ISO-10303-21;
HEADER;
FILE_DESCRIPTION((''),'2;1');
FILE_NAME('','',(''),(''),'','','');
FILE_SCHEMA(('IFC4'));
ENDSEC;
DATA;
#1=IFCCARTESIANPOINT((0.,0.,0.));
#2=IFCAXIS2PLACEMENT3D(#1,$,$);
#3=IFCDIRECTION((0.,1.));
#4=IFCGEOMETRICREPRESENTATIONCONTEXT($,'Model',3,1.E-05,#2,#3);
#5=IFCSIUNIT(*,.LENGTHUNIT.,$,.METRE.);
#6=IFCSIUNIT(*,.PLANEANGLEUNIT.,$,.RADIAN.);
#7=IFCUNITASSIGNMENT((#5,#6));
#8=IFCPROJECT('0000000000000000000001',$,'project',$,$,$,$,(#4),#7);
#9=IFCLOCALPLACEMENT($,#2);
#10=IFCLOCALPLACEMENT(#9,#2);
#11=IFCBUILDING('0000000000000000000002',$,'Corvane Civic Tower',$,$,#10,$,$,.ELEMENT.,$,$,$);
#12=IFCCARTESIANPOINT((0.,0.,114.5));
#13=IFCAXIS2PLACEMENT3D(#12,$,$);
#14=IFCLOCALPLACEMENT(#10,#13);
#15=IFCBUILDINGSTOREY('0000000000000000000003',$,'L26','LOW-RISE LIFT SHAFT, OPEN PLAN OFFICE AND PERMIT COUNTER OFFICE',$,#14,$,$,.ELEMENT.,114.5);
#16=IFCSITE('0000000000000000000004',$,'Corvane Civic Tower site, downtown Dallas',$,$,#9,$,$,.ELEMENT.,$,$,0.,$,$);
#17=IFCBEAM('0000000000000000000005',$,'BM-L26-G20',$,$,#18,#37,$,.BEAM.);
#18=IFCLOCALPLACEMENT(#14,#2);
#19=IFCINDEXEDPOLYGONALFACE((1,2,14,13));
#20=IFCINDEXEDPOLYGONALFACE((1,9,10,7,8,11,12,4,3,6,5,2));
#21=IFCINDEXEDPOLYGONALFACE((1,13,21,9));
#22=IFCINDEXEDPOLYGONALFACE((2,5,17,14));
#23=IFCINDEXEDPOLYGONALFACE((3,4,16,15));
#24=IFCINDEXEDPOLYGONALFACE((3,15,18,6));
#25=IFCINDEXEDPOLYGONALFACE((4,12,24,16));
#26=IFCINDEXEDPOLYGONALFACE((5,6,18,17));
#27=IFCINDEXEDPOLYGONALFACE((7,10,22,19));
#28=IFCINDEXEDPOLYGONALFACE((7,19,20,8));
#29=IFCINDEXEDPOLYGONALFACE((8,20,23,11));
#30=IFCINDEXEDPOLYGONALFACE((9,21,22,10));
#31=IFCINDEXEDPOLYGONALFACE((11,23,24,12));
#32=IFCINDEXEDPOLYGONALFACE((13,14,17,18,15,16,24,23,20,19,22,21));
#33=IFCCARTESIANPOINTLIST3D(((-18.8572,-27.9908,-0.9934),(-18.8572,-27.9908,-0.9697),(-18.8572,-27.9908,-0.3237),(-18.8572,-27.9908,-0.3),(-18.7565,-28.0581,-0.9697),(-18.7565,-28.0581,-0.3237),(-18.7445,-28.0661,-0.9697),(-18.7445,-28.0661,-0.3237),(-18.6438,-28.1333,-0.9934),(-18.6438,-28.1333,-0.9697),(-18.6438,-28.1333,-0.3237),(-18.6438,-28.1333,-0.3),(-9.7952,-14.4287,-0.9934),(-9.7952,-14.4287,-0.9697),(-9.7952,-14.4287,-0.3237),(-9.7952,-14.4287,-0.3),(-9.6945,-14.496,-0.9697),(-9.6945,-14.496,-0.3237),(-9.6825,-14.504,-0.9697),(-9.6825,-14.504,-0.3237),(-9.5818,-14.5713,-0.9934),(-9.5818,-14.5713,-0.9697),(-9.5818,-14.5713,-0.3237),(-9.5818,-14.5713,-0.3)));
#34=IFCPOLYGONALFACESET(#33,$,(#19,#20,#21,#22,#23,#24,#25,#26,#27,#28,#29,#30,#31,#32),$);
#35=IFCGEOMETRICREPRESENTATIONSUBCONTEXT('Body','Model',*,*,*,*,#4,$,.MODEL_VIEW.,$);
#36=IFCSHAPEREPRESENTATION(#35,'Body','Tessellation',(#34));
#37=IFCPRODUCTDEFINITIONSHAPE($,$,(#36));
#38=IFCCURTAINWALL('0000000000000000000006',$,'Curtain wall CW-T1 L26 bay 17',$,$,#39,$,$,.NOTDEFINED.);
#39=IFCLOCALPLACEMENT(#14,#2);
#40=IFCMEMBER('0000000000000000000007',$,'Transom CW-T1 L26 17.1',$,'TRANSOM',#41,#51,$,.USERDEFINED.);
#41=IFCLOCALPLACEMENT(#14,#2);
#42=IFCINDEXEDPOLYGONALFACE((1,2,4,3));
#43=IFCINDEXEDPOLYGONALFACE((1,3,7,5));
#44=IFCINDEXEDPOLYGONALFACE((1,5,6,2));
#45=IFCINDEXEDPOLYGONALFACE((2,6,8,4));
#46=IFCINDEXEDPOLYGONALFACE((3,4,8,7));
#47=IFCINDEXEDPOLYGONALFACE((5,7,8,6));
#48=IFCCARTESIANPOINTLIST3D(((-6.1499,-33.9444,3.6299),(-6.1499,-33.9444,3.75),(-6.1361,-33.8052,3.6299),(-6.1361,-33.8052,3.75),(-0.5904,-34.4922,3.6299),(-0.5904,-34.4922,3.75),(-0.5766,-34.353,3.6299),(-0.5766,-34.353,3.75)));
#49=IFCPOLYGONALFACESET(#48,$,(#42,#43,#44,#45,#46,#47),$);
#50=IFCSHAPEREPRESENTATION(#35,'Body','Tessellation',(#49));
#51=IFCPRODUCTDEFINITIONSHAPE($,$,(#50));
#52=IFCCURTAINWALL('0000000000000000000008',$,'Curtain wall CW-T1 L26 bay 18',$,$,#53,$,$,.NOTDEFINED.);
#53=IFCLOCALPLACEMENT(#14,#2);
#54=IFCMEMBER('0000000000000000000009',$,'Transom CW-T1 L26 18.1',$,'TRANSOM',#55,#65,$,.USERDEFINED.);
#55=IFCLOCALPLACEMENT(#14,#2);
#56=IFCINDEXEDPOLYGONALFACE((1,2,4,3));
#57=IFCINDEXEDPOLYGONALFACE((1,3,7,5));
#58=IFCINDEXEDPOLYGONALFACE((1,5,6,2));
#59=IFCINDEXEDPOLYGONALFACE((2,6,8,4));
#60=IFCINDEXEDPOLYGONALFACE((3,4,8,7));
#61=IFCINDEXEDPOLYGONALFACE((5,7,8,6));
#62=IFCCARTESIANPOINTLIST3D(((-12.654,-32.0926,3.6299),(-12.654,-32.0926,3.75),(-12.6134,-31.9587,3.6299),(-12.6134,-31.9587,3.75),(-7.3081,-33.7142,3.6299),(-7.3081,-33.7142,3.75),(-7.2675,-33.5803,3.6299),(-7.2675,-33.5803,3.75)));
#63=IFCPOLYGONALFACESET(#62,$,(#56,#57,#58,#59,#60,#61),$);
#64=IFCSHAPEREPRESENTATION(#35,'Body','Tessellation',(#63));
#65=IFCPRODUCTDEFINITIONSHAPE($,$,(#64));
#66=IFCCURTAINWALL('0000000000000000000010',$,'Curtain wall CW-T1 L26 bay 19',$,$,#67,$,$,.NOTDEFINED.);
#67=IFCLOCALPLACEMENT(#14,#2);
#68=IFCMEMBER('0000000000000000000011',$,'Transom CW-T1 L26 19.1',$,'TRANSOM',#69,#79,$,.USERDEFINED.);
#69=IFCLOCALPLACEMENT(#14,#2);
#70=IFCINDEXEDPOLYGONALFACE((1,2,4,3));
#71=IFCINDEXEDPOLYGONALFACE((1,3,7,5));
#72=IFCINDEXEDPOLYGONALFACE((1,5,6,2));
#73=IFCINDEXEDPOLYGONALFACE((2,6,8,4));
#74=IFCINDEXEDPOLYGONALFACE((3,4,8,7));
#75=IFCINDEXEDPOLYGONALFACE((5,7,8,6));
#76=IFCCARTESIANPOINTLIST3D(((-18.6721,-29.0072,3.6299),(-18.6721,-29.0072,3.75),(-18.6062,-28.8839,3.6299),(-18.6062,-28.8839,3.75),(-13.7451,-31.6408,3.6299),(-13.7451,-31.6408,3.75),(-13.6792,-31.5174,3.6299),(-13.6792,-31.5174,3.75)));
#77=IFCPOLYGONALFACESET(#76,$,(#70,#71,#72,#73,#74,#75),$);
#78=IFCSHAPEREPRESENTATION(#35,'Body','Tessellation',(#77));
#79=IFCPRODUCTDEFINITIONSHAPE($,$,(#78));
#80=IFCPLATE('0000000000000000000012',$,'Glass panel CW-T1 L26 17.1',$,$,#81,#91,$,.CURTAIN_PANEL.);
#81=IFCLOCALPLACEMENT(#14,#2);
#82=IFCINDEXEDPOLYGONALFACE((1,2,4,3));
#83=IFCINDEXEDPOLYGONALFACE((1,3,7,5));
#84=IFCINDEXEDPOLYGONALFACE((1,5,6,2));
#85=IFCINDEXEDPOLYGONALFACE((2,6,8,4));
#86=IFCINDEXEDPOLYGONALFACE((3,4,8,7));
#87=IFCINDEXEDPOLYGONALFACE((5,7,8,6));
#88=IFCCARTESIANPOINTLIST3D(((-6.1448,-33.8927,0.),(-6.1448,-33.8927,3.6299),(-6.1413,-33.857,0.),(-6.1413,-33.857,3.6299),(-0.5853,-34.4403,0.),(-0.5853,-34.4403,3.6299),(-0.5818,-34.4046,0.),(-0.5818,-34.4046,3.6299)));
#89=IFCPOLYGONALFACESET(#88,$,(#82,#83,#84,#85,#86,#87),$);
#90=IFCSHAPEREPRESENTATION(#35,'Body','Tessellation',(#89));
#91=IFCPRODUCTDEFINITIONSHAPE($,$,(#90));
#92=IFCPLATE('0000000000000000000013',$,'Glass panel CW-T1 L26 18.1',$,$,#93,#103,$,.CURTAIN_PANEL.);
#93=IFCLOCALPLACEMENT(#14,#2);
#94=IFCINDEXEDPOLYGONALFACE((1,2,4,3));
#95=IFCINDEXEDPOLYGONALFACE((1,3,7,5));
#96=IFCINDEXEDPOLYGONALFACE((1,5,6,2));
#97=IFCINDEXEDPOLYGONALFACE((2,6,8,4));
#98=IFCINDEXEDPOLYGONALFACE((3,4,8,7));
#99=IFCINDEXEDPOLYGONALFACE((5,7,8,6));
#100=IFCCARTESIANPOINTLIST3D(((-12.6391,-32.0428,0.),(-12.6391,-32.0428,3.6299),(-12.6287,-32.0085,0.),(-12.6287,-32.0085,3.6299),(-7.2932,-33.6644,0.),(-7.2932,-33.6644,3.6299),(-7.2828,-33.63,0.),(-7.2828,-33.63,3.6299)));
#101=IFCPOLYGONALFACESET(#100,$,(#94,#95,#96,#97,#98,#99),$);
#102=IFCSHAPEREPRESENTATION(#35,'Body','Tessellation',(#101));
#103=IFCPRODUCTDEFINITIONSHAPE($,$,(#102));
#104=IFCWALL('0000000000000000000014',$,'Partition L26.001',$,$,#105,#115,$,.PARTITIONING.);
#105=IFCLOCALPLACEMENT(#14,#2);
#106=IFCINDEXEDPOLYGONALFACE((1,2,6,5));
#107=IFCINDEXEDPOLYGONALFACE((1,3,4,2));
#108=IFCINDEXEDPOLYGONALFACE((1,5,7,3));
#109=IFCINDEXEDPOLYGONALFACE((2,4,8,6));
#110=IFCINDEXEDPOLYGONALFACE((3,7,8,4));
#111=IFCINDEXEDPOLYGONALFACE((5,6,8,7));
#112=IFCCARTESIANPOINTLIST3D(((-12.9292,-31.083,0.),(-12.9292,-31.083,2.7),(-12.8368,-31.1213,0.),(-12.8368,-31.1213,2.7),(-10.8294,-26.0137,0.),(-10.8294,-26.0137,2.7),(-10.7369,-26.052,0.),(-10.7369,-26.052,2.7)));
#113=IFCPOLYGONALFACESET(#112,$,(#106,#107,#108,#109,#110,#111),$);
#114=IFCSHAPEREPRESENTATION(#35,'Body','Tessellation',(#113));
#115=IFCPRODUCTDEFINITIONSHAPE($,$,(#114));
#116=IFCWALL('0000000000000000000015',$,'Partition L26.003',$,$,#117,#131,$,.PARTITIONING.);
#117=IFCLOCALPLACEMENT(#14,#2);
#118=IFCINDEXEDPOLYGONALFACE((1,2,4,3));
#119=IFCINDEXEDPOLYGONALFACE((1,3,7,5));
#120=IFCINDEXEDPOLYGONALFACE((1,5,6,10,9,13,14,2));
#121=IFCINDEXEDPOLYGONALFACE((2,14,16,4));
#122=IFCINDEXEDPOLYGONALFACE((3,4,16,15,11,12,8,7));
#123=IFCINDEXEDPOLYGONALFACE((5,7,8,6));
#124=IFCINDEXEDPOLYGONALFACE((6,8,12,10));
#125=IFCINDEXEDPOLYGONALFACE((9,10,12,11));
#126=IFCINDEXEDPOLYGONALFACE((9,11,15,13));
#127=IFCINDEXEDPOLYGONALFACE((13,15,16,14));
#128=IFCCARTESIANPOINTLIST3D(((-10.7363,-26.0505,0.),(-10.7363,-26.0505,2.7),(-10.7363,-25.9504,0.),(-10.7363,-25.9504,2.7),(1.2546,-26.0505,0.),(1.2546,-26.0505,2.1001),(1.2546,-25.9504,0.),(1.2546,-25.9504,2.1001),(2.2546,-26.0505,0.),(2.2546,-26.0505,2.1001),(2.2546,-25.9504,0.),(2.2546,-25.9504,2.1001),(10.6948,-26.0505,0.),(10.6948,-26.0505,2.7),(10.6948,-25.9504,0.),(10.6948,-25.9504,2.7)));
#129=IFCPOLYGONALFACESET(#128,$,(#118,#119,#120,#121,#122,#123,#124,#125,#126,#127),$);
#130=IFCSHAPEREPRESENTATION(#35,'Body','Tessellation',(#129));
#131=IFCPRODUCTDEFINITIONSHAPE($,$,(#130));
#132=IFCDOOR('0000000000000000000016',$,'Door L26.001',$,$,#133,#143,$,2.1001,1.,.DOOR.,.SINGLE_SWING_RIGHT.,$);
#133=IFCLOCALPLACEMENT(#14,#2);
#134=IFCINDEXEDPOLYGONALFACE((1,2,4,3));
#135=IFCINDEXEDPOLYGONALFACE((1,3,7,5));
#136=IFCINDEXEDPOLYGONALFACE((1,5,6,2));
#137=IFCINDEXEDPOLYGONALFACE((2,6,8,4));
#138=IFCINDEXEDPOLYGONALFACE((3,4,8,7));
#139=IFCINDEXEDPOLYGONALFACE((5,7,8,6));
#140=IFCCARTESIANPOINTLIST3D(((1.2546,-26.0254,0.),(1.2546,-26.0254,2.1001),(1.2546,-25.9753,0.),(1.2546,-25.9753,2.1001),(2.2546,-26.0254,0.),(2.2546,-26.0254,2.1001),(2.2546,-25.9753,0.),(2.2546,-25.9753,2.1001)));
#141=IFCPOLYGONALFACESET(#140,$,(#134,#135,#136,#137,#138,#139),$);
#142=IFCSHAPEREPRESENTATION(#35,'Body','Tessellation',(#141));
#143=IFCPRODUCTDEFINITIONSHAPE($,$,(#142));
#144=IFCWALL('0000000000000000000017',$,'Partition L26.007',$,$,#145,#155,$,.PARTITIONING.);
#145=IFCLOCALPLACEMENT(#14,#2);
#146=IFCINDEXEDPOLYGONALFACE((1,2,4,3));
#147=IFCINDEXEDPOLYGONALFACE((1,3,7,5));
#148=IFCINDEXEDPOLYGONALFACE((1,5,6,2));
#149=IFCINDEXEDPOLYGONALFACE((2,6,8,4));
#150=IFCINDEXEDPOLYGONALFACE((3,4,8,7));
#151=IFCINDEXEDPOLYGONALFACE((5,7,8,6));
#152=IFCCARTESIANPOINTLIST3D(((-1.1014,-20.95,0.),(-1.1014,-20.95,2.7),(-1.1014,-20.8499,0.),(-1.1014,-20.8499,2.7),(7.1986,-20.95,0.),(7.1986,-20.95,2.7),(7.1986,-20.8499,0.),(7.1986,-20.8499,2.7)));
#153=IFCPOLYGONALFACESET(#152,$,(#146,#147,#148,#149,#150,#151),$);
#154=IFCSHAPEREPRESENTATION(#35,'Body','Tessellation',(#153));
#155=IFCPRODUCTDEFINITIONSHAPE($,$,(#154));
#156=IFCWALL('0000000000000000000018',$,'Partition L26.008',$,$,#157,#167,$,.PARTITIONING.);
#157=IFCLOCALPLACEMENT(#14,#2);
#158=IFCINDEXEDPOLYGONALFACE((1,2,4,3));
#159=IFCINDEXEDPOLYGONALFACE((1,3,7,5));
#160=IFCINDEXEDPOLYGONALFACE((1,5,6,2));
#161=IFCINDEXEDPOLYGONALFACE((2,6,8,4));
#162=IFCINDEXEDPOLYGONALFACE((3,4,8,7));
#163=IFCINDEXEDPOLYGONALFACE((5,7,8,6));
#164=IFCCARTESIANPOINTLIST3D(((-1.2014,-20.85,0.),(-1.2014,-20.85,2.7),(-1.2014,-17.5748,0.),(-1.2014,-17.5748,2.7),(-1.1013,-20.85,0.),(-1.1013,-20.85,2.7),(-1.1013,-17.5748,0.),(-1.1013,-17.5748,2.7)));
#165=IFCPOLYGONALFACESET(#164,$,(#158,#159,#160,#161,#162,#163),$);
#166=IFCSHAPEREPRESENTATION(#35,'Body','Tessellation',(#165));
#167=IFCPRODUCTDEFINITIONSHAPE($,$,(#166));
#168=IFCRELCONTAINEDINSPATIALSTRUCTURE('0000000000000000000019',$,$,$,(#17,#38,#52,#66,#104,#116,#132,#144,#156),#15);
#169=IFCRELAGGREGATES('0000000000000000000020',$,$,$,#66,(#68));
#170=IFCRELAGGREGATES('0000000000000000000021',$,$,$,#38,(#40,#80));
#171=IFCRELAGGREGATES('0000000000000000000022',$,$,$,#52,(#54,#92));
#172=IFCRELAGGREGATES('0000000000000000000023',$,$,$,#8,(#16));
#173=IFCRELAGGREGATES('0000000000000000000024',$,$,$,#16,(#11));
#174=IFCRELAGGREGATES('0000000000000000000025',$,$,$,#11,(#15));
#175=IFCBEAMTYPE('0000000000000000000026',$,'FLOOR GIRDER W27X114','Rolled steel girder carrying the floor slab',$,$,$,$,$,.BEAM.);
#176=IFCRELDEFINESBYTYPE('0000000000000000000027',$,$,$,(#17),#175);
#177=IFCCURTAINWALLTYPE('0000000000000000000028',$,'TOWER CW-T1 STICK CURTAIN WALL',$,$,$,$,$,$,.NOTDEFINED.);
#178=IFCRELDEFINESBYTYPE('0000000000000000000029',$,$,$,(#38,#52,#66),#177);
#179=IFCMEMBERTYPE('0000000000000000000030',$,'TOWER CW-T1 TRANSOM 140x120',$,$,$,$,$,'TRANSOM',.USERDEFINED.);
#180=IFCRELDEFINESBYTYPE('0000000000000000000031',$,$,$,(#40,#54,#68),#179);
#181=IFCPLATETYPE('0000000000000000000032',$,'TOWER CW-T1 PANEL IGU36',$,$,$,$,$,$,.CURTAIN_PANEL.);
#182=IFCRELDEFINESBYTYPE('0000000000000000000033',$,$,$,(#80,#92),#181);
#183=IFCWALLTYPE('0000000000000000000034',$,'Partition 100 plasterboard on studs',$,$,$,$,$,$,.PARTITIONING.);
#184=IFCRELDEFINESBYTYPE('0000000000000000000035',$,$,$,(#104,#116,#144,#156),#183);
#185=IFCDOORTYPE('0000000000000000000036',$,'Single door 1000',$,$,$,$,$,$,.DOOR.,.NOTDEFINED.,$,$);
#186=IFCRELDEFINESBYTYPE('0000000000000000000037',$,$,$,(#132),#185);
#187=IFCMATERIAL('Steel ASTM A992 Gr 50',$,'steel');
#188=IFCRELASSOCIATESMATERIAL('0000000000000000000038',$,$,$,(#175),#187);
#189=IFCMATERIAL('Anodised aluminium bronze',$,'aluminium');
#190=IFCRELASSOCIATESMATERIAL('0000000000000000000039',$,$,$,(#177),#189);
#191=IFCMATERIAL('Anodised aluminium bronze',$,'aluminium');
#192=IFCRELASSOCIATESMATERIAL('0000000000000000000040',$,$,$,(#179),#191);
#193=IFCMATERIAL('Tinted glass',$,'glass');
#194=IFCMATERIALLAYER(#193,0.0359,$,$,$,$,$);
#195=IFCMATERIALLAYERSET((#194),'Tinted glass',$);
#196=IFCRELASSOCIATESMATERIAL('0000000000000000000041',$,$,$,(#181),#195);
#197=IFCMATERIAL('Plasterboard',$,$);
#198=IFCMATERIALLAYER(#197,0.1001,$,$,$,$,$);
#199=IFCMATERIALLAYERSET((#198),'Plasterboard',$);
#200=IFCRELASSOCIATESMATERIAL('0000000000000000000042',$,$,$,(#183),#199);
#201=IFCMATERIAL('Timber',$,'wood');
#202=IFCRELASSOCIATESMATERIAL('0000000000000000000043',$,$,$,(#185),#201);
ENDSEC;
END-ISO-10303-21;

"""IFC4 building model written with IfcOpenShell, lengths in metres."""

from ifc_helpers import new_model, si_unit, direction, frame, frame_2d, origin, origin_2d, place, context, subcontext, project, spatial, rectangle, i_section, extrude, material, layer, layer_set, material_profile, profile_set, type_object, element, fill, aggregate, save


model = new_model("IFC4")

# Units and contexts
model_context = context("Model", 3, precision=1e-05, world=origin(), true_north=direction((0.0, 1.0)))
body_context = subcontext(model_context, "Body", "Model", "MODEL_VIEW")
ifc_project = project(units=[si_unit("LENGTHUNIT", "METRE"), si_unit("PLANEANGLEUNIT", "RADIAN")], contexts=[model_context])

# Site, building, storey
site_placement = place(None, origin())
site = spatial("IfcSite", under=ifc_project, at=site_placement, Name="Corvane Civic Tower site, downtown Dallas", CompositionType="ELEMENT", RefElevation=0.0)
building_placement = place(site_placement, origin())
building = spatial("IfcBuilding", under=site, at=building_placement, Name="Corvane Civic Tower", CompositionType="ELEMENT")
storey_placement = place(building_placement, frame((0.0, 0.0, 114.5)))
storey = spatial("IfcBuildingStorey", under=building, at=storey_placement, Name="L26", Description="LOW-RISE LIFT SHAFT, OPEN PLAN OFFICE AND PERMIT COUNTER OFFICE", CompositionType="ELEMENT", Elevation=114.5)

# Beam
ifc_material_1 = material(Name="Steel ASTM A992 Gr 50", Category="steel")
ifc_material_profile_1 = material_profile(ifc_material_1, i_section(OverallWidth=0.2566, OverallDepth=0.6934, WebThickness=0.0144, FlangeThickness=0.0237, at=origin_2d()), Name="W27X114")
ifc_profile_set_1 = profile_set([ifc_material_profile_1], Name="Steel ASTM A992 Gr 50")
beam_type_1 = type_object("IfcBeamType", Name="FLOOR GIRDER W27X114", Description="Rolled steel girder carrying the floor slab", PredefinedType="BEAM", material=ifc_profile_set_1)
beam_1_placement = place(storey_placement, frame((-9.6885, -14.5, -0.6467), z_axis=(-0.555577, -0.831465, 0.0), x_axis=(0.831465, -0.555577, 0.0)))
element("IfcBeam", 1, at=beam_1_placement, inside=storey, type_object=beam_type_1, Name="BM-L26-G20", PredefinedType="BEAM", context=body_context, shape_type="SweptSolid", body=[
    extrude(i_section(OverallWidth=0.2566, OverallDepth=0.6934, WebThickness=0.0144, FlangeThickness=0.0237, at=origin_2d()), origin(), (0.0, 0.0, 1.0), 16.311),
])

# Curtain walls, members
ifc_material_2 = material(Name="Anodised aluminium bronze", Category="aluminium")
curtain_wall_type = type_object("IfcCurtainWallType", Name="TOWER CW-T1 STICK CURTAIN WALL", PredefinedType="NOTDEFINED", material=ifc_material_2)
curtain_wall_1_placement = place(storey_placement, origin())
curtain_wall_1 = element("IfcCurtainWall", 2, at=curtain_wall_1_placement, inside=storey, type_object=curtain_wall_type, Name="Curtain wall CW-T1 L26 bay 17", PredefinedType="NOTDEFINED")
ifc_material_3 = material(Name="Anodised aluminium bronze", Category="aluminium")
ifc_material_profile_2 = material_profile(ifc_material_3, rectangle(XDim=0.1399, YDim=0.1201, at=origin_2d()), Name="TOWER CW-T1 TRANSOM 140x120")
ifc_profile_set_2 = profile_set([ifc_material_profile_2], Name="Anodised aluminium bronze")
member_type = type_object("IfcMemberType", Name="TOWER CW-T1 TRANSOM 140x120", ElementType="TRANSOM", PredefinedType="USERDEFINED", material=ifc_profile_set_2)
member_1_placement = place(storey_placement, frame((-0.5835, -34.4226, 3.6899), z_axis=(-0.99518, 0.098067, 0.0), x_axis=(-0.098067, -0.99518, 0.0)))
member_1 = element("IfcMember", 3, at=member_1_placement, type_object=member_type, Name="Transom CW-T1 L26 17.1", ObjectType="TRANSOM", PredefinedType="USERDEFINED", context=body_context, shape_type="SweptSolid", body=[
    extrude(rectangle(XDim=0.1399, YDim=0.1201, at=origin_2d()), origin(), (0.0, 0.0, 1.0), 5.5864),
])
curtain_wall_2_placement = place(storey_placement, origin())
curtain_wall_2 = element("IfcCurtainWall", 4, at=curtain_wall_2_placement, inside=storey, type_object=curtain_wall_type, Name="Curtain wall CW-T1 L26 bay 18", PredefinedType="NOTDEFINED")
member_2_placement = place(storey_placement, frame((-7.2878, -33.6472, 3.6899), z_axis=(-0.956945, 0.290269, 0.0), x_axis=(-0.290269, -0.956945, 0.0)))
member_2 = element("IfcMember", 5, at=member_2_placement, type_object=member_type, Name="Transom CW-T1 L26 18.1", ObjectType="TRANSOM", PredefinedType="USERDEFINED", context=body_context, shape_type="SweptSolid", body=[
    extrude(rectangle(XDim=0.1399, YDim=0.1201, at=origin_2d()), origin(), (0.0, 0.0, 1.0), 5.5864),
])
curtain_wall_3_placement = place(storey_placement, origin())
curtain_wall_3 = element("IfcCurtainWall", 6, at=curtain_wall_3_placement, inside=storey, type_object=curtain_wall_type, Name="Curtain wall CW-T1 L26 bay 19", PredefinedType="NOTDEFINED")
member_3_placement = place(storey_placement, frame((-13.7122, -31.5791, 3.6899), z_axis=(-0.881921, 0.471398, 0.0), x_axis=(-0.471398, -0.881921, 0.0)))
member_3 = element("IfcMember", 7, at=member_3_placement, type_object=member_type, Name="Transom CW-T1 L26 19.1", ObjectType="TRANSOM", PredefinedType="USERDEFINED", context=body_context, shape_type="SweptSolid", body=[
    extrude(rectangle(XDim=0.1399, YDim=0.1201, at=origin_2d()), origin(), (0.0, 0.0, 1.0), 5.5867),
])
aggregate(curtain_wall_3, [member_3])

# Plates
ifc_material_4 = material(Name="Tinted glass", Category="glass")
ifc_layer_1 = layer(ifc_material_4, 0.0359)
ifc_layer_set_1 = layer_set([ifc_layer_1], Name="Tinted glass")
plate_type = type_object("IfcPlateType", Name="TOWER CW-T1 PANEL IGU36", PredefinedType="CURTAIN_PANEL", material=ifc_layer_set_1)
plate_1_placement = place(storey_placement, frame((-3.3633, -34.1487, 0.0), z_axis=(0.0, 0.0, 1.0), x_axis=(-0.995184, 0.098027, 0.0)))
plate_1 = element("IfcPlate", 8, at=plate_1_placement, type_object=plate_type, Name="Glass panel CW-T1 L26 17.1", PredefinedType="CURTAIN_PANEL", context=body_context, shape_type="SweptSolid", body=[
    extrude(rectangle(XDim=5.5864, YDim=0.0359, at=origin_2d()), origin(), (0.0, 0.0, 1.0), 3.6299),
])
aggregate(curtain_wall_1, [member_1, plate_1])
plate_2_placement = place(storey_placement, frame((-9.9609, -32.8364, 0.0), z_axis=(0.0, 0.0, 1.0), x_axis=(-0.956946, 0.290266, 0.0)))
plate_2 = element("IfcPlate", 9, at=plate_2_placement, type_object=plate_type, Name="Glass panel CW-T1 L26 18.1", PredefinedType="CURTAIN_PANEL", context=body_context, shape_type="SweptSolid", body=[
    extrude(rectangle(XDim=5.5864, YDim=0.0359, at=origin_2d()), origin(), (0.0, 0.0, 1.0), 3.6299),
])
aggregate(curtain_wall_2, [member_2, plate_2])

# Wall
ifc_material_5 = material(Name="Plasterboard")
ifc_layer_2 = layer(ifc_material_5, 0.1001)
ifc_layer_set_2 = layer_set([ifc_layer_2], Name="Plasterboard")
wall_type = type_object("IfcWallType", Name="Partition 100 plasterboard on studs", PredefinedType="PARTITIONING", material=ifc_layer_set_2)
wall_1_placement = place(storey_placement, frame((-12.8831, -31.1023, 0.0), z_axis=(0.0, 0.0, 1.0), x_axis=(0.382694, 0.923875, 0.0)))
element("IfcWall", 10, at=wall_1_placement, inside=storey, type_object=wall_type, Name="Partition L26.001", PredefinedType="PARTITIONING", context=body_context, shape_type="SweptSolid", body=[
    extrude(rectangle(XDim=5.4871, YDim=0.1001, at=frame_2d((2.7437, 0.0))), origin(), (0.0, 0.0, 1.0), 2.7),
])

# Wall, opening, door
wall_2_placement = place(storey_placement, frame((-10.7363, -26.0005, 0.0), z_axis=(0.0, 0.0, 1.0), x_axis=(1.0, 0.0, 0.0)))
wall_2 = element("IfcWall", 11, at=wall_2_placement, inside=storey, type_object=wall_type, Name="Partition L26.003", PredefinedType="PARTITIONING", context=body_context, shape_type="SweptSolid", body=[
    extrude(rectangle(XDim=21.4312, YDim=0.1001, at=frame_2d((10.7156, 0.0))), origin(), (0.0, 0.0, 1.0), 2.7),
])
opening_placement = place(wall_2_placement, frame((11.991, 0.0, 0.0)))
opening = element("IfcOpeningElement", 12, at=opening_placement, cuts=wall_2, PredefinedType="OPENING", context=body_context, shape_type="SweptSolid", body=[
    extrude(rectangle(XDim=1.0, YDim=2.1001, at=frame_2d((0.5, 1.05))), frame((0.0, 0.0601, 0.0), z_axis=(0.0, -1.0, 0.0), x_axis=(1.0, 0.0, 0.0)), (0.0, 0.0, 1.0), 0.1201),
])
ifc_material_6 = material(Name="Timber", Category="wood")
door_type = type_object("IfcDoorType", Name="Single door 1000", OperationType="NOTDEFINED", PredefinedType="DOOR", material=ifc_material_6)
door_placement = place(opening_placement, frame((1.0, 0.0, 0.0), z_axis=(0.0, 0.0, 1.0), x_axis=(-1.0, 0.0, 0.0)))
door = element("IfcDoor", 13, at=door_placement, inside=storey, type_object=door_type, Name="Door L26.001", OperationType="SINGLE_SWING_RIGHT", OverallHeight=2.1001, OverallWidth=1.0, PredefinedType="DOOR", context=body_context, shape_type="SweptSolid", body=[
    extrude(rectangle(XDim=1.0, YDim=2.1001, at=frame_2d((0.5, 1.05))), frame((0.0, 0.0249, 0.0), z_axis=(0.0, -1.0, 0.0), x_axis=(1.0, 0.0, 0.0)), (0.0, 0.0, 1.0), 0.05),
])
fill(opening, door)

# Walls
wall_3_placement = place(storey_placement, frame((-1.1013, -20.8999, 0.0), z_axis=(0.0, 0.0, 1.0), x_axis=(1.0, 0.0, 0.0)))
element("IfcWall", 14, at=wall_3_placement, inside=storey, type_object=wall_type, Name="Partition L26.007", PredefinedType="PARTITIONING", context=body_context, shape_type="SweptSolid", body=[
    extrude(rectangle(XDim=8.3, YDim=0.1001, at=frame_2d((4.1499, 0.0))), origin(), (0.0, 0.0, 1.0), 2.7),
])
wall_4_placement = place(storey_placement, frame((-1.1514, -20.8501, 0.0), z_axis=(0.0, 0.0, 1.0), x_axis=(0.0, 1.0, 0.0)))
element("IfcWall", 15, at=wall_4_placement, inside=storey, type_object=wall_type, Name="Partition L26.008", PredefinedType="PARTITIONING", context=body_context, shape_type="SweptSolid", body=[
    extrude(rectangle(XDim=3.2751, YDim=0.1001, at=frame_2d((1.6377, 0.0))), origin(), (0.0, 0.0, 1.0), 2.7),
])

save(model, "model.ifc")
